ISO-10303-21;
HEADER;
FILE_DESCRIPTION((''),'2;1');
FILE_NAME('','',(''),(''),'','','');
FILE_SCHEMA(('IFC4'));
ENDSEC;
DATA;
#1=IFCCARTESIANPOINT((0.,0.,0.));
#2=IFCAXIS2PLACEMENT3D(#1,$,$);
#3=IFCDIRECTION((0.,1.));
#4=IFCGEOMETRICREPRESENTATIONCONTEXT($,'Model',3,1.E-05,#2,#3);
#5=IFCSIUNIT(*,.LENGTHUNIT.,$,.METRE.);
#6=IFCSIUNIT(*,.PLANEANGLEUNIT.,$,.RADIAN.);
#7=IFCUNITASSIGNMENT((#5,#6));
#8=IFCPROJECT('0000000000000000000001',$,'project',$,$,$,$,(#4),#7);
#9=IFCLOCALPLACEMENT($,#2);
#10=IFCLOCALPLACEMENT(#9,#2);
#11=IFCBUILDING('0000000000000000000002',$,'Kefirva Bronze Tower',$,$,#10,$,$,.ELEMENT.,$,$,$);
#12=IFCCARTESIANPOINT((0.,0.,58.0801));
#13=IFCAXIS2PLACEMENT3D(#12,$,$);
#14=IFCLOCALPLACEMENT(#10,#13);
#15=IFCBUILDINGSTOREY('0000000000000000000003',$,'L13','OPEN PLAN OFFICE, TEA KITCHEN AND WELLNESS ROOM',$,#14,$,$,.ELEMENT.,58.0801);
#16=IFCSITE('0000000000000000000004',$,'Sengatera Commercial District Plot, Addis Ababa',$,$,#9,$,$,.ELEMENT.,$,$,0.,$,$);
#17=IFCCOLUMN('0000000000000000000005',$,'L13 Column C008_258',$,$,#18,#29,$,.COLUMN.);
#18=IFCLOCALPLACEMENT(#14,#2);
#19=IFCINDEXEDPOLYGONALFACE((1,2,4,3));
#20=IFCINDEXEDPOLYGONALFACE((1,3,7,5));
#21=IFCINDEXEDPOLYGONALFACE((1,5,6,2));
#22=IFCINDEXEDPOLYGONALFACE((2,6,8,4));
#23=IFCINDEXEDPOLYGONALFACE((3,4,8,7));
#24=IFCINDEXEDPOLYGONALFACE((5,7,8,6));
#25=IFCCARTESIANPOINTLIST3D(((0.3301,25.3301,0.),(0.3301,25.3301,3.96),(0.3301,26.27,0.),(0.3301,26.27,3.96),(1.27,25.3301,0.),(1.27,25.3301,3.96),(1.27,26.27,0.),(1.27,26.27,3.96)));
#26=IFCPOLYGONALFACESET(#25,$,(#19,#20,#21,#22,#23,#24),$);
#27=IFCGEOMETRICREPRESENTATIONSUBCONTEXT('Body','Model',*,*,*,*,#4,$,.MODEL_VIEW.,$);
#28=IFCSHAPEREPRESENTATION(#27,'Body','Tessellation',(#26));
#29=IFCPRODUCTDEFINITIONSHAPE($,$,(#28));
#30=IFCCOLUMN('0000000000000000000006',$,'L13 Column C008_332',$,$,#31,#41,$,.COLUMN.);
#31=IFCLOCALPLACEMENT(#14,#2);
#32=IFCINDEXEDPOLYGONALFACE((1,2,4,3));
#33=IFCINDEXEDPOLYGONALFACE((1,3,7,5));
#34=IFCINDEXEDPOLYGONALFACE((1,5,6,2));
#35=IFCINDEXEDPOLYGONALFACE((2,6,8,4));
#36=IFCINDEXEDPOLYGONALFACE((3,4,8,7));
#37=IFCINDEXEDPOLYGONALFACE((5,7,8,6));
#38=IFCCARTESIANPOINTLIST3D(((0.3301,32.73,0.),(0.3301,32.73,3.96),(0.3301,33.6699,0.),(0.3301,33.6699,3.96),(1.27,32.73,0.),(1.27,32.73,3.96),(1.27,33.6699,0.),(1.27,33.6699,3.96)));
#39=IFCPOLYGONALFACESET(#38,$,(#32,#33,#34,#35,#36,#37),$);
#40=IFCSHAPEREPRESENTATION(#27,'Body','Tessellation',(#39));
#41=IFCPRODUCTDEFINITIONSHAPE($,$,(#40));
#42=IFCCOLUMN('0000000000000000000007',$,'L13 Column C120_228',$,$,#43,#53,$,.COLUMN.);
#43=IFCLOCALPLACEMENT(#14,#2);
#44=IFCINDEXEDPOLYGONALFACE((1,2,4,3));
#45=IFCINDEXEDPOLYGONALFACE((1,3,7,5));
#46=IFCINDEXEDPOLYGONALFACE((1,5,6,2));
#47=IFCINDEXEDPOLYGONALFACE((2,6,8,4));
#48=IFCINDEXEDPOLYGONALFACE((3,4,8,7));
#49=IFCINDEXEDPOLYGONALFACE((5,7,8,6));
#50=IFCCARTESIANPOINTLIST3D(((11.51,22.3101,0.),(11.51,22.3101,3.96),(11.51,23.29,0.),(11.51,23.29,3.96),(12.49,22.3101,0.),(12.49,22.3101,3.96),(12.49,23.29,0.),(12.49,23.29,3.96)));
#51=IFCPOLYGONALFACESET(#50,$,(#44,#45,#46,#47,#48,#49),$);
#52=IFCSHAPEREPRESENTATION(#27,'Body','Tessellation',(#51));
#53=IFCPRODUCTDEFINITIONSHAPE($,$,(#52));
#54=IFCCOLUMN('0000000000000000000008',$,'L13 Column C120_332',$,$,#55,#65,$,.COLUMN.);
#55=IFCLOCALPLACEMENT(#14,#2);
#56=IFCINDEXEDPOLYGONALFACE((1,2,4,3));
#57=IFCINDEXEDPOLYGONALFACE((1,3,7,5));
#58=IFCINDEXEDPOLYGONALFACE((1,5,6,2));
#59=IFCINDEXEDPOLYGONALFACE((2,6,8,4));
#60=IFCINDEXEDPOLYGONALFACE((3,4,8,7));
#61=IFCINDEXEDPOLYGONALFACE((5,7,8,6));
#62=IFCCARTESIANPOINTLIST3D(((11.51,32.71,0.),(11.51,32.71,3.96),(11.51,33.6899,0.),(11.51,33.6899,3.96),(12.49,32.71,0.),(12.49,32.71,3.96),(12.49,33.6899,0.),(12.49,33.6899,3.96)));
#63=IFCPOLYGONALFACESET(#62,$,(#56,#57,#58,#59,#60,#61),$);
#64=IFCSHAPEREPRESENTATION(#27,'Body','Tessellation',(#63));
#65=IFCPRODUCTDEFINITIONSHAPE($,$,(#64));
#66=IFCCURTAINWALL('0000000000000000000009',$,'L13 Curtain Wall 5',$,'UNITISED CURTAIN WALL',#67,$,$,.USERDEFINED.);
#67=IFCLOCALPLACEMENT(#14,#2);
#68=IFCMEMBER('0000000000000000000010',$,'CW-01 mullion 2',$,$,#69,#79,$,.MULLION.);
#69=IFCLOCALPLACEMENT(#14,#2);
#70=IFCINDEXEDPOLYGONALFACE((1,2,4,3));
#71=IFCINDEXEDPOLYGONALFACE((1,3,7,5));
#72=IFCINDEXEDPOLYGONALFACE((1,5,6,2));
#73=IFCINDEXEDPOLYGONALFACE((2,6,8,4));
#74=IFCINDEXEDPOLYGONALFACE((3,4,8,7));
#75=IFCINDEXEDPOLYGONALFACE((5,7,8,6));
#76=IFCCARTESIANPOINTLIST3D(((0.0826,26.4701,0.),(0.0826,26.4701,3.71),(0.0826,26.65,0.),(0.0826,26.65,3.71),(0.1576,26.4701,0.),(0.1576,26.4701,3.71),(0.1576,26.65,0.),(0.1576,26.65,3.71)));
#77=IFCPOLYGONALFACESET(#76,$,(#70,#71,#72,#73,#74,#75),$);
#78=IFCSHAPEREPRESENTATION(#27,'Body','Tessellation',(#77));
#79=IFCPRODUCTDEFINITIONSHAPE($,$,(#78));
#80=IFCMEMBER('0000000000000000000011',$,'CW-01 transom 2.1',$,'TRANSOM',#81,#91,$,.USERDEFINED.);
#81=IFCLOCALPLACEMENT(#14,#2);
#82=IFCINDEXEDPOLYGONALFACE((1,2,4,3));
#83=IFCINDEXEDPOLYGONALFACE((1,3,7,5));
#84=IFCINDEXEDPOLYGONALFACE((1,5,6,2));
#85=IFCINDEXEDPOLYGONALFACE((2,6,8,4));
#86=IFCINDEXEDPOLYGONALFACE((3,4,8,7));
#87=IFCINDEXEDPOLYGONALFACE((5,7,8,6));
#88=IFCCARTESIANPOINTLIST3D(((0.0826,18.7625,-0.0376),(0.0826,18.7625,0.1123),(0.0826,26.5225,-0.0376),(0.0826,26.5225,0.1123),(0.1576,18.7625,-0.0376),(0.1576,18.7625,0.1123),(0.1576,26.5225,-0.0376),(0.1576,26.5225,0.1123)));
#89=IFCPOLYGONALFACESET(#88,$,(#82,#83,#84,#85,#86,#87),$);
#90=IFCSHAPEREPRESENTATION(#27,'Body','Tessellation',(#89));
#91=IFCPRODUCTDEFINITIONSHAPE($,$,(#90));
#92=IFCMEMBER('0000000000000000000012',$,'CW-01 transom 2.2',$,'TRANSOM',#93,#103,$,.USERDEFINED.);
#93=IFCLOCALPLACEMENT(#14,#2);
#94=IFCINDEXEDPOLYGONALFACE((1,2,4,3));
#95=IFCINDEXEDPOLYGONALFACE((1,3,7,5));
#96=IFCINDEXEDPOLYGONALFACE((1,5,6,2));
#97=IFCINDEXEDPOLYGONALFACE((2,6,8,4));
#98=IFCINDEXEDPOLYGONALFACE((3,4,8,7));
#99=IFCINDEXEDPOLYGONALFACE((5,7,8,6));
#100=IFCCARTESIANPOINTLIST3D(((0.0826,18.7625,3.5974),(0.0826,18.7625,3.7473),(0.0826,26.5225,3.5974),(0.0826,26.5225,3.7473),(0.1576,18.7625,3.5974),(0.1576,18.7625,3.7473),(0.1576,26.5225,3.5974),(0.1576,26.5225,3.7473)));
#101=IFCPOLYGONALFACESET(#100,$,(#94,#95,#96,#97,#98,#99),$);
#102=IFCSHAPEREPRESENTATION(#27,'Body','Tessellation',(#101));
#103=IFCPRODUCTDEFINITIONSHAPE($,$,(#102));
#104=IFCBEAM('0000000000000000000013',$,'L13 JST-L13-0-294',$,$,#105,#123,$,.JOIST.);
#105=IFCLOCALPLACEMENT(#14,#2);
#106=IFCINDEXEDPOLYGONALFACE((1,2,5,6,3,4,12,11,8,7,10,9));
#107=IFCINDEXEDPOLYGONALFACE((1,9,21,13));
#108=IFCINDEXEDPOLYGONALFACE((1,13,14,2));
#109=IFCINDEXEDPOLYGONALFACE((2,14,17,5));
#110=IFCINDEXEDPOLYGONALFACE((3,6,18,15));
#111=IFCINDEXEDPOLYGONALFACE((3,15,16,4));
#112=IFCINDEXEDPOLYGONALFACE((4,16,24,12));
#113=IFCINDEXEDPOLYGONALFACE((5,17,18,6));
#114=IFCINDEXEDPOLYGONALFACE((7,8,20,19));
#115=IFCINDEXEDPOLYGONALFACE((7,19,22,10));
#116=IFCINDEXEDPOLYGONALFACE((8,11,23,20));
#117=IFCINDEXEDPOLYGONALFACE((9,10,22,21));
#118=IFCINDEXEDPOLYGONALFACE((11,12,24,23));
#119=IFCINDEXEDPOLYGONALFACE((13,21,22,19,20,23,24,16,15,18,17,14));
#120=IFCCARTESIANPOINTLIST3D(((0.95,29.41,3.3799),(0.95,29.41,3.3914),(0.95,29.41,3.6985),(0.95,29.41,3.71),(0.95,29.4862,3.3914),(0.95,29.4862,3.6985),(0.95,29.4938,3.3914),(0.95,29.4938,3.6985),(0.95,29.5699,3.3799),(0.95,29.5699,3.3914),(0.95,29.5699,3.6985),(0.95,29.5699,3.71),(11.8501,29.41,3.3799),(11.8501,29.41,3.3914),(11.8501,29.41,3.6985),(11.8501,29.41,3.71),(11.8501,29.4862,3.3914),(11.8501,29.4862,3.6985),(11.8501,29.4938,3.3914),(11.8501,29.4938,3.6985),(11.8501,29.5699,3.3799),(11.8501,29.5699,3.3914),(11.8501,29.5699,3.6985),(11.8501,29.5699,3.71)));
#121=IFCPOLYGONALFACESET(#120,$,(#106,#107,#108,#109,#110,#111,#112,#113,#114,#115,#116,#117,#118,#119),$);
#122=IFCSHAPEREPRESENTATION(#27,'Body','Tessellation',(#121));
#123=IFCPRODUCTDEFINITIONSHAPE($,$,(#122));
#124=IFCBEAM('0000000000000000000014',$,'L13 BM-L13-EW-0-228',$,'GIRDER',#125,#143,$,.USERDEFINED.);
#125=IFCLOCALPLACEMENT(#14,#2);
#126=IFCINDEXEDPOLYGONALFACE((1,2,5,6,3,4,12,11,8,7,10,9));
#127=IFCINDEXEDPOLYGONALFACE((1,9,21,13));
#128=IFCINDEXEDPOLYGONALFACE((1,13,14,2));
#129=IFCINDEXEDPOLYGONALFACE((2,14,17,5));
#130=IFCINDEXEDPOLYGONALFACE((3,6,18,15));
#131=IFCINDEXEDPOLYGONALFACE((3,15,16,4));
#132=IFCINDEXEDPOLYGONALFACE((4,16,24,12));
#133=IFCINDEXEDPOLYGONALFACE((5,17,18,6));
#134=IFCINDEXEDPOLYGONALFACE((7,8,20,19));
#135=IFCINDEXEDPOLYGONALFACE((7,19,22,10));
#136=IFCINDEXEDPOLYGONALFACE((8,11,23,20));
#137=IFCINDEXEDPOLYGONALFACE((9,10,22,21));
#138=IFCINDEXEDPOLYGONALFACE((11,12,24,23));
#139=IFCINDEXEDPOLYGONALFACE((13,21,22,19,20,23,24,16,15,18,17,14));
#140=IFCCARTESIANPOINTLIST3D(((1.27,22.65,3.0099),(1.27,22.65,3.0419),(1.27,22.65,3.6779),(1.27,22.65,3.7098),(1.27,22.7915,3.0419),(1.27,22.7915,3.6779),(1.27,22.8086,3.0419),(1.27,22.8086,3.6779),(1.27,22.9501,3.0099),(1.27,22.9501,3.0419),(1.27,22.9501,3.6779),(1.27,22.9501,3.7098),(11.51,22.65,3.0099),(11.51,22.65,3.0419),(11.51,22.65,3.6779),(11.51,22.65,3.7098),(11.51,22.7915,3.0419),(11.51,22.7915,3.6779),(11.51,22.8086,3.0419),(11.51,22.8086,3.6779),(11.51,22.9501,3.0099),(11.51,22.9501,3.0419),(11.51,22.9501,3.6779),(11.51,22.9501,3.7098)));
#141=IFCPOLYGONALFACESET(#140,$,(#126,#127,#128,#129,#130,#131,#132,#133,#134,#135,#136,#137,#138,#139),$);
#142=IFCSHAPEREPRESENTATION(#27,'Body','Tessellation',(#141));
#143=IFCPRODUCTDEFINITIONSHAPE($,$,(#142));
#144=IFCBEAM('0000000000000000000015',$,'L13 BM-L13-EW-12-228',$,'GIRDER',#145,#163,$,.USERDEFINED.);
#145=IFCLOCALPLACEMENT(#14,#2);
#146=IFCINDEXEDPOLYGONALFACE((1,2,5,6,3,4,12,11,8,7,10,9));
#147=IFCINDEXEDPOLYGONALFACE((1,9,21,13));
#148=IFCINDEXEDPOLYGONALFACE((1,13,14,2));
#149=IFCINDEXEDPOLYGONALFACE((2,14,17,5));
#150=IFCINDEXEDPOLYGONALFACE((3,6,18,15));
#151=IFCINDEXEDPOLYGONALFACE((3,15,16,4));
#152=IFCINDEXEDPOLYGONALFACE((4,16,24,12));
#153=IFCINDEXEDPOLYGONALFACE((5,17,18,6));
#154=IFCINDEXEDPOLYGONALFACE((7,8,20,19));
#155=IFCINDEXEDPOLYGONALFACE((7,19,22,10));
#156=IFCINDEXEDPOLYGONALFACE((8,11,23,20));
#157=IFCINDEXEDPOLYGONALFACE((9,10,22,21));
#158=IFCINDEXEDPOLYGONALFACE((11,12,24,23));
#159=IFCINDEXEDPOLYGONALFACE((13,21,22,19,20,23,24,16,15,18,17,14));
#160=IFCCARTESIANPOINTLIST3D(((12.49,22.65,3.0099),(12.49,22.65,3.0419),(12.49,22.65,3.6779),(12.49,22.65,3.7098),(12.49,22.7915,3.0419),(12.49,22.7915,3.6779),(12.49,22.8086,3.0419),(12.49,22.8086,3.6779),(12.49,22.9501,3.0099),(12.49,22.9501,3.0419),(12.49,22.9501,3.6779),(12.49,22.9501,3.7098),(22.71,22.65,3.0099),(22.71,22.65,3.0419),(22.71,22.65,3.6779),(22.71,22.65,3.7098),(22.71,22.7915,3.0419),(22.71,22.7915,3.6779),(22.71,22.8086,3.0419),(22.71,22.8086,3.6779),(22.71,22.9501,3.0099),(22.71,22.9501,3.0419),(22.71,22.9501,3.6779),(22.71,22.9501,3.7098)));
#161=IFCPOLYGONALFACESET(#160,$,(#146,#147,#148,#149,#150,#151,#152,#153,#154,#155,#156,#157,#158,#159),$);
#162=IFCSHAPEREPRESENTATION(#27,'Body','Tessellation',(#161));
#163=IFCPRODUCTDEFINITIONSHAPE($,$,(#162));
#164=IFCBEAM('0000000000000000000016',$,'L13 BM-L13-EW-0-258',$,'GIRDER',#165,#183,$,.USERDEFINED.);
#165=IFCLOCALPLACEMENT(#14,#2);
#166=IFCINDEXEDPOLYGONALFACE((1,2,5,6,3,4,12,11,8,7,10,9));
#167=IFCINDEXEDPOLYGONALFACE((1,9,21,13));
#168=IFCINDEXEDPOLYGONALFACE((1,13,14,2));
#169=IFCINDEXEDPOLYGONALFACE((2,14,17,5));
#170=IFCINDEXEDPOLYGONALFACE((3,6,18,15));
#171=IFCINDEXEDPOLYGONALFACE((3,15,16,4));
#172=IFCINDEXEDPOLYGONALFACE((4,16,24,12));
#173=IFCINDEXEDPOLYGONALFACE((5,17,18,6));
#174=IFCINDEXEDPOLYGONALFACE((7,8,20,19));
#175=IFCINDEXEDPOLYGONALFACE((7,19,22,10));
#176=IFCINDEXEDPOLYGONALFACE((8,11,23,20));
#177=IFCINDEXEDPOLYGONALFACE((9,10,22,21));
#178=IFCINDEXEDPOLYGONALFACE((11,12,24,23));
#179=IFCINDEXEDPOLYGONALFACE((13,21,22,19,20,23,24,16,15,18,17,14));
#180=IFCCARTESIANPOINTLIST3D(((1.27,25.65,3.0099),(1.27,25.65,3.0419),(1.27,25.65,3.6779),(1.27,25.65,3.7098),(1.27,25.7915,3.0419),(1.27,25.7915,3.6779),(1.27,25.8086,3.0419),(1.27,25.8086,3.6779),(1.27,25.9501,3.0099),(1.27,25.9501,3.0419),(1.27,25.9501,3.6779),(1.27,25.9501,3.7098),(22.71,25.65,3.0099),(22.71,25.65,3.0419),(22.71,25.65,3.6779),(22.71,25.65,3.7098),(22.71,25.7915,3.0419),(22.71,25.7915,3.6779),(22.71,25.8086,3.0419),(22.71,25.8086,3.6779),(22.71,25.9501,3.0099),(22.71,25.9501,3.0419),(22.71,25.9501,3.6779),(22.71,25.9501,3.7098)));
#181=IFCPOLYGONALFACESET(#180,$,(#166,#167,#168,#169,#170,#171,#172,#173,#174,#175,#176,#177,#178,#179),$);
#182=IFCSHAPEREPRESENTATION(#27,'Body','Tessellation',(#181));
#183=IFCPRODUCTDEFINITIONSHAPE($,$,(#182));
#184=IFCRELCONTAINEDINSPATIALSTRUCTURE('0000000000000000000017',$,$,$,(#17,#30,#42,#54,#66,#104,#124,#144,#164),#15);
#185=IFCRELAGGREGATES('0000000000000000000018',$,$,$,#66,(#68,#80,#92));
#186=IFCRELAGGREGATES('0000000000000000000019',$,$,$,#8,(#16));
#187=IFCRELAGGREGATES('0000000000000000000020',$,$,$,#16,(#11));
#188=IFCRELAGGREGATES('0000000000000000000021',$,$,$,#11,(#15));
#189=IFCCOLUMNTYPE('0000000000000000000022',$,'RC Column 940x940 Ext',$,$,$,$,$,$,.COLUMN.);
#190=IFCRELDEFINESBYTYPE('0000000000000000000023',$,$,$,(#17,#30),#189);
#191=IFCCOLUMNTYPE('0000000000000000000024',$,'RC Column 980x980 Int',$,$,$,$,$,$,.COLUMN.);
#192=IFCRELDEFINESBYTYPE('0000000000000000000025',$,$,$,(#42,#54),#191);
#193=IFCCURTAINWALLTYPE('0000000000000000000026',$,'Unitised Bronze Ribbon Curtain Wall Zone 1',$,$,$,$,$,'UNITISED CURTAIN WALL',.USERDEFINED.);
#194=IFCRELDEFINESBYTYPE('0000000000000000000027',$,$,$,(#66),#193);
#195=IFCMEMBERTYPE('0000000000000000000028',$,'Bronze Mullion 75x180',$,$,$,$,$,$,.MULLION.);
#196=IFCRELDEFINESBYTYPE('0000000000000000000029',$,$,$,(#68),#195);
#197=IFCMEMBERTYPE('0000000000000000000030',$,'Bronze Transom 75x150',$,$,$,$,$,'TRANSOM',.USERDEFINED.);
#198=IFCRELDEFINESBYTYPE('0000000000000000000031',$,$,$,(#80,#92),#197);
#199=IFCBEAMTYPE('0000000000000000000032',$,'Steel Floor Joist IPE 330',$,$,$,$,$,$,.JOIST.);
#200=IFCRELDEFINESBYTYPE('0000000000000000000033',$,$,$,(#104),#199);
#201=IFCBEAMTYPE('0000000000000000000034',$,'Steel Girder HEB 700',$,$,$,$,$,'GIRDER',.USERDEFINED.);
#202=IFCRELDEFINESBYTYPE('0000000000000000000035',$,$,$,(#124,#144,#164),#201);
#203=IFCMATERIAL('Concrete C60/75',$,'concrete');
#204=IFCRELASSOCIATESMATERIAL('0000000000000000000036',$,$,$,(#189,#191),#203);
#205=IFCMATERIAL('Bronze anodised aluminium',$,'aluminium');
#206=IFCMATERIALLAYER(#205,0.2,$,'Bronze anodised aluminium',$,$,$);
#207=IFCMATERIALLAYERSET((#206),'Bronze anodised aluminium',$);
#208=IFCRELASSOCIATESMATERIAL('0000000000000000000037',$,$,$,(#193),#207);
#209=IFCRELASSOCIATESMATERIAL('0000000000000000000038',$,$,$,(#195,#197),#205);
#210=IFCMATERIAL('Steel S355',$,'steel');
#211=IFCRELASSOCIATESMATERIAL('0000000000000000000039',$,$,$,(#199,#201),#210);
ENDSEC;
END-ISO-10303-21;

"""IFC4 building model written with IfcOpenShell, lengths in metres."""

from ifc_helpers import new_model, si_unit, direction, frame, origin, origin_2d, place, context, subcontext, project, spatial, rectangle, i_section, extrude, material, layer, layer_set, material_profile, profile_set, type_object, element, aggregate, save


model = new_model("IFC4")

# Units and contexts
model_context = context("Model", 3, precision=1e-05, world=origin(), true_north=direction((0.0, 1.0)))
body_context = subcontext(model_context, "Body", "Model", "MODEL_VIEW")
ifc_project = project(units=[si_unit("LENGTHUNIT", "METRE"), si_unit("PLANEANGLEUNIT", "RADIAN")], contexts=[model_context])

# Site, building, storey
site_placement = place(None, origin())
site = spatial("IfcSite", under=ifc_project, at=site_placement, Name="Sengatera Commercial District Plot, Addis Ababa", CompositionType="ELEMENT", RefElevation=0.0)
building_placement = place(site_placement, origin())
building = spatial("IfcBuilding", under=site, at=building_placement, Name="Kefirva Bronze Tower", CompositionType="ELEMENT")
storey_placement = place(building_placement, frame((0.0, 0.0, 58.0801)))
storey = spatial("IfcBuildingStorey", under=building, at=storey_placement, Name="L13", Description="OPEN PLAN OFFICE, TEA KITCHEN AND WELLNESS ROOM", CompositionType="ELEMENT", Elevation=58.0801)

# Columns
ifc_material_1 = material(Name="Concrete C60/75", Category="concrete")
ifc_material_profile_1 = material_profile(ifc_material_1, rectangle(XDim=0.9399, YDim=0.9399, at=origin_2d()), Name="RC 940x940")
ifc_profile_set_1 = profile_set([ifc_material_profile_1], Name="Concrete C60/75")
column_type_1 = type_object("IfcColumnType", Name="RC Column 940x940 Ext", PredefinedType="COLUMN", material=ifc_profile_set_1)
for number, where, z_axis, x_axis, name in (
    (1, (0.8, 25.8, 0.0), (0.0, 0.0, 1.0), (1.0, 0.0, 0.0), "L13 Column C008_258"),
    (2, (0.8, 33.2, 0.0), (0.0, 0.0, 1.0), (1.0, 0.0, 0.0), "L13 Column C008_332"),
):
    element("IfcColumn", number, at=place(storey_placement, frame(where, z_axis=z_axis, x_axis=x_axis)), inside=storey, type_object=column_type_1, Name=name, PredefinedType="COLUMN", context=body_context, shape_type="SweptSolid", body=[
        extrude(rectangle(XDim=0.9399, YDim=0.9399, at=origin_2d()), origin(), (0.0, 0.0, 1.0), 3.96),
    ])
ifc_material_profile_2 = material_profile(ifc_material_1, rectangle(XDim=0.98, YDim=0.98, at=origin_2d()), Name="RC 980x980")
ifc_profile_set_2 = profile_set([ifc_material_profile_2], Name="Concrete C60/75")
column_type_2 = type_object("IfcColumnType", Name="RC Column 980x980 Int", PredefinedType="COLUMN", material=ifc_profile_set_2)
for number, where, z_axis, x_axis, name in (
    (3, (12.0, 22.8, 0.0), (0.0, 0.0, 1.0), (1.0, 0.0, 0.0), "L13 Column C120_228"),
    (4, (12.0, 33.2, 0.0), (0.0, 0.0, 1.0), (1.0, 0.0, 0.0), "L13 Column C120_332"),
):
    element("IfcColumn", number, at=place(storey_placement, frame(where, z_axis=z_axis, x_axis=x_axis)), inside=storey, type_object=column_type_2, Name=name, PredefinedType="COLUMN", context=body_context, shape_type="SweptSolid", body=[
        extrude(rectangle(XDim=0.98, YDim=0.98, at=origin_2d()), origin(), (0.0, 0.0, 1.0), 3.96),
    ])

# Curtain wall, members
ifc_material_2 = material(Name="Bronze anodised aluminium", Category="aluminium")
ifc_layer_1 = layer(ifc_material_2, 0.2, Name="Bronze anodised aluminium")
ifc_layer_set_1 = layer_set([ifc_layer_1], Name="Bronze anodised aluminium")
curtain_wall_type = type_object("IfcCurtainWallType", Name="Unitised Bronze Ribbon Curtain Wall Zone 1", ElementType="UNITISED CURTAIN WALL", PredefinedType="USERDEFINED", material=ifc_layer_set_1)
curtain_wall_placement = place(storey_placement, origin())
curtain_wall = element("IfcCurtainWall", 5, at=curtain_wall_placement, inside=storey, type_object=curtain_wall_type, Name="L13 Curtain Wall 5", ObjectType="UNITISED CURTAIN WALL", PredefinedType="USERDEFINED")
ifc_material_profile_3 = material_profile(ifc_material_2, rectangle(XDim=0.075, YDim=0.1799, at=origin_2d()), Name="ALU 75x180")
ifc_profile_set_3 = profile_set([ifc_material_profile_3], Name="Bronze anodised aluminium")
member_type_1 = type_object("IfcMemberType", Name="Bronze Mullion 75x180", PredefinedType="MULLION", material=ifc_profile_set_3)
member_1_placement = place(storey_placement, frame((0.1201, 26.5601, 0.0), z_axis=(0.0, 0.0, 1.0), x_axis=(1.0, 0.0, 0.0)))
member_1 = element("IfcMember", 6, at=member_1_placement, type_object=member_type_1, Name="CW-01 mullion 2", PredefinedType="MULLION", context=body_context, shape_type="SweptSolid", body=[
    extrude(rectangle(XDim=0.075, YDim=0.1799, at=origin_2d()), origin(), (0.0, 0.0, 1.0), 3.71),
])
ifc_material_profile_4 = material_profile(ifc_material_2, rectangle(XDim=0.075, YDim=0.1499, at=origin_2d()), Name="ALU 75x150")
ifc_profile_set_4 = profile_set([ifc_material_profile_4], Name="Bronze anodised aluminium")
member_type_2 = type_object("IfcMemberType", Name="Bronze Transom 75x150", ElementType="TRANSOM", PredefinedType="USERDEFINED", material=ifc_profile_set_4)
member_2_placement = place(storey_placement, frame((0.1201, 26.5225, 0.0374), z_axis=(0.0, -1.0, 0.0), x_axis=(1.0, 0.0, 0.0)))
member_2 = element("IfcMember", 7, at=member_2_placement, type_object=member_type_2, Name="CW-01 transom 2.1", ObjectType="TRANSOM", PredefinedType="USERDEFINED", context=body_context, shape_type="SweptSolid", body=[
    extrude(rectangle(XDim=0.075, YDim=0.1499, at=origin_2d()), origin(), (0.0, 0.0, 1.0), 7.76),
])
member_3_placement = place(storey_placement, frame((0.1201, 26.5225, 3.6724), z_axis=(0.0, -1.0, 0.0), x_axis=(1.0, 0.0, 0.0)))
member_3 = element("IfcMember", 8, at=member_3_placement, type_object=member_type_2, Name="CW-01 transom 2.2", ObjectType="TRANSOM", PredefinedType="USERDEFINED", context=body_context, shape_type="SweptSolid", body=[
    extrude(rectangle(XDim=0.075, YDim=0.1499, at=origin_2d()), origin(), (0.0, 0.0, 1.0), 7.76),
])

# Beams
ifc_material_3 = material(Name="Steel S355", Category="steel")
ifc_material_profile_5 = material_profile(ifc_material_3, i_section(OverallWidth=0.1599, OverallDepth=0.3301, WebThickness=0.0076, FlangeThickness=0.0115, at=origin_2d()), Name="IPE 330")
ifc_profile_set_5 = profile_set([ifc_material_profile_5], Name="Steel S355")
beam_type_1 = type_object("IfcBeamType", Name="Steel Floor Joist IPE 330", PredefinedType="JOIST", material=ifc_profile_set_5)
beam_1_placement = place(storey_placement, frame((0.95, 29.49, 3.5449), z_axis=(1.0, 0.0, 0.0), x_axis=(0.0, 1.0, 0.0)))
element("IfcBeam", 9, at=beam_1_placement, inside=storey, type_object=beam_type_1, Name="L13 JST-L13-0-294", PredefinedType="JOIST", context=body_context, shape_type="SweptSolid", body=[
    extrude(i_section(OverallWidth=0.1599, OverallDepth=0.3301, WebThickness=0.0076, FlangeThickness=0.0115, at=origin_2d()), origin(), (0.0, 0.0, 1.0), 10.9001),
])
ifc_material_profile_6 = material_profile(ifc_material_3, i_section(OverallWidth=0.3, OverallDepth=0.7, WebThickness=0.0171, FlangeThickness=0.032, at=origin_2d()), Name="HEB 700")
ifc_profile_set_6 = profile_set([ifc_material_profile_6], Name="Steel S355")
beam_type_2 = type_object("IfcBeamType", Name="Steel Girder HEB 700", ElementType="GIRDER", PredefinedType="USERDEFINED", material=ifc_profile_set_6)
beam_2_placement = place(storey_placement, frame((1.27, 22.8, 3.3599), z_axis=(1.0, 0.0, 0.0), x_axis=(0.0, 1.0, 0.0)))
element("IfcBeam", 10, at=beam_2_placement, inside=storey, type_object=beam_type_2, Name="L13 BM-L13-EW-0-228", ObjectType="GIRDER", PredefinedType="USERDEFINED", context=body_context, shape_type="SweptSolid", body=[
    extrude(i_section(OverallWidth=0.3, OverallDepth=0.7, WebThickness=0.0171, FlangeThickness=0.032, at=origin_2d()), origin(), (0.0, 0.0, 1.0), 10.24),
])
beam_3_placement = place(storey_placement, frame((12.49, 22.8, 3.3599), z_axis=(1.0, 0.0, 0.0), x_axis=(0.0, 1.0, 0.0)))
element("IfcBeam", 11, at=beam_3_placement, inside=storey, type_object=beam_type_2, Name="L13 BM-L13-EW-12-228", ObjectType="GIRDER", PredefinedType="USERDEFINED", context=body_context, shape_type="SweptSolid", body=[
    extrude(i_section(OverallWidth=0.3, OverallDepth=0.7, WebThickness=0.0171, FlangeThickness=0.032, at=origin_2d()), origin(), (0.0, 0.0, 1.0), 10.22),
])
beam_4_placement = place(storey_placement, frame((1.27, 25.8, 3.3599), z_axis=(1.0, 0.0, 0.0), x_axis=(0.0, 1.0, 0.0)))
element("IfcBeam", 12, at=beam_4_placement, inside=storey, type_object=beam_type_2, Name="L13 BM-L13-EW-0-258", ObjectType="GIRDER", PredefinedType="USERDEFINED", context=body_context, shape_type="SweptSolid", body=[
    extrude(i_section(OverallWidth=0.3, OverallDepth=0.7, WebThickness=0.0171, FlangeThickness=0.032, at=origin_2d()), origin(), (0.0, 0.0, 1.0), 21.4399),
])

aggregate(curtain_wall, [member_1, member_2, member_3])

save(model, "model.ifc")
